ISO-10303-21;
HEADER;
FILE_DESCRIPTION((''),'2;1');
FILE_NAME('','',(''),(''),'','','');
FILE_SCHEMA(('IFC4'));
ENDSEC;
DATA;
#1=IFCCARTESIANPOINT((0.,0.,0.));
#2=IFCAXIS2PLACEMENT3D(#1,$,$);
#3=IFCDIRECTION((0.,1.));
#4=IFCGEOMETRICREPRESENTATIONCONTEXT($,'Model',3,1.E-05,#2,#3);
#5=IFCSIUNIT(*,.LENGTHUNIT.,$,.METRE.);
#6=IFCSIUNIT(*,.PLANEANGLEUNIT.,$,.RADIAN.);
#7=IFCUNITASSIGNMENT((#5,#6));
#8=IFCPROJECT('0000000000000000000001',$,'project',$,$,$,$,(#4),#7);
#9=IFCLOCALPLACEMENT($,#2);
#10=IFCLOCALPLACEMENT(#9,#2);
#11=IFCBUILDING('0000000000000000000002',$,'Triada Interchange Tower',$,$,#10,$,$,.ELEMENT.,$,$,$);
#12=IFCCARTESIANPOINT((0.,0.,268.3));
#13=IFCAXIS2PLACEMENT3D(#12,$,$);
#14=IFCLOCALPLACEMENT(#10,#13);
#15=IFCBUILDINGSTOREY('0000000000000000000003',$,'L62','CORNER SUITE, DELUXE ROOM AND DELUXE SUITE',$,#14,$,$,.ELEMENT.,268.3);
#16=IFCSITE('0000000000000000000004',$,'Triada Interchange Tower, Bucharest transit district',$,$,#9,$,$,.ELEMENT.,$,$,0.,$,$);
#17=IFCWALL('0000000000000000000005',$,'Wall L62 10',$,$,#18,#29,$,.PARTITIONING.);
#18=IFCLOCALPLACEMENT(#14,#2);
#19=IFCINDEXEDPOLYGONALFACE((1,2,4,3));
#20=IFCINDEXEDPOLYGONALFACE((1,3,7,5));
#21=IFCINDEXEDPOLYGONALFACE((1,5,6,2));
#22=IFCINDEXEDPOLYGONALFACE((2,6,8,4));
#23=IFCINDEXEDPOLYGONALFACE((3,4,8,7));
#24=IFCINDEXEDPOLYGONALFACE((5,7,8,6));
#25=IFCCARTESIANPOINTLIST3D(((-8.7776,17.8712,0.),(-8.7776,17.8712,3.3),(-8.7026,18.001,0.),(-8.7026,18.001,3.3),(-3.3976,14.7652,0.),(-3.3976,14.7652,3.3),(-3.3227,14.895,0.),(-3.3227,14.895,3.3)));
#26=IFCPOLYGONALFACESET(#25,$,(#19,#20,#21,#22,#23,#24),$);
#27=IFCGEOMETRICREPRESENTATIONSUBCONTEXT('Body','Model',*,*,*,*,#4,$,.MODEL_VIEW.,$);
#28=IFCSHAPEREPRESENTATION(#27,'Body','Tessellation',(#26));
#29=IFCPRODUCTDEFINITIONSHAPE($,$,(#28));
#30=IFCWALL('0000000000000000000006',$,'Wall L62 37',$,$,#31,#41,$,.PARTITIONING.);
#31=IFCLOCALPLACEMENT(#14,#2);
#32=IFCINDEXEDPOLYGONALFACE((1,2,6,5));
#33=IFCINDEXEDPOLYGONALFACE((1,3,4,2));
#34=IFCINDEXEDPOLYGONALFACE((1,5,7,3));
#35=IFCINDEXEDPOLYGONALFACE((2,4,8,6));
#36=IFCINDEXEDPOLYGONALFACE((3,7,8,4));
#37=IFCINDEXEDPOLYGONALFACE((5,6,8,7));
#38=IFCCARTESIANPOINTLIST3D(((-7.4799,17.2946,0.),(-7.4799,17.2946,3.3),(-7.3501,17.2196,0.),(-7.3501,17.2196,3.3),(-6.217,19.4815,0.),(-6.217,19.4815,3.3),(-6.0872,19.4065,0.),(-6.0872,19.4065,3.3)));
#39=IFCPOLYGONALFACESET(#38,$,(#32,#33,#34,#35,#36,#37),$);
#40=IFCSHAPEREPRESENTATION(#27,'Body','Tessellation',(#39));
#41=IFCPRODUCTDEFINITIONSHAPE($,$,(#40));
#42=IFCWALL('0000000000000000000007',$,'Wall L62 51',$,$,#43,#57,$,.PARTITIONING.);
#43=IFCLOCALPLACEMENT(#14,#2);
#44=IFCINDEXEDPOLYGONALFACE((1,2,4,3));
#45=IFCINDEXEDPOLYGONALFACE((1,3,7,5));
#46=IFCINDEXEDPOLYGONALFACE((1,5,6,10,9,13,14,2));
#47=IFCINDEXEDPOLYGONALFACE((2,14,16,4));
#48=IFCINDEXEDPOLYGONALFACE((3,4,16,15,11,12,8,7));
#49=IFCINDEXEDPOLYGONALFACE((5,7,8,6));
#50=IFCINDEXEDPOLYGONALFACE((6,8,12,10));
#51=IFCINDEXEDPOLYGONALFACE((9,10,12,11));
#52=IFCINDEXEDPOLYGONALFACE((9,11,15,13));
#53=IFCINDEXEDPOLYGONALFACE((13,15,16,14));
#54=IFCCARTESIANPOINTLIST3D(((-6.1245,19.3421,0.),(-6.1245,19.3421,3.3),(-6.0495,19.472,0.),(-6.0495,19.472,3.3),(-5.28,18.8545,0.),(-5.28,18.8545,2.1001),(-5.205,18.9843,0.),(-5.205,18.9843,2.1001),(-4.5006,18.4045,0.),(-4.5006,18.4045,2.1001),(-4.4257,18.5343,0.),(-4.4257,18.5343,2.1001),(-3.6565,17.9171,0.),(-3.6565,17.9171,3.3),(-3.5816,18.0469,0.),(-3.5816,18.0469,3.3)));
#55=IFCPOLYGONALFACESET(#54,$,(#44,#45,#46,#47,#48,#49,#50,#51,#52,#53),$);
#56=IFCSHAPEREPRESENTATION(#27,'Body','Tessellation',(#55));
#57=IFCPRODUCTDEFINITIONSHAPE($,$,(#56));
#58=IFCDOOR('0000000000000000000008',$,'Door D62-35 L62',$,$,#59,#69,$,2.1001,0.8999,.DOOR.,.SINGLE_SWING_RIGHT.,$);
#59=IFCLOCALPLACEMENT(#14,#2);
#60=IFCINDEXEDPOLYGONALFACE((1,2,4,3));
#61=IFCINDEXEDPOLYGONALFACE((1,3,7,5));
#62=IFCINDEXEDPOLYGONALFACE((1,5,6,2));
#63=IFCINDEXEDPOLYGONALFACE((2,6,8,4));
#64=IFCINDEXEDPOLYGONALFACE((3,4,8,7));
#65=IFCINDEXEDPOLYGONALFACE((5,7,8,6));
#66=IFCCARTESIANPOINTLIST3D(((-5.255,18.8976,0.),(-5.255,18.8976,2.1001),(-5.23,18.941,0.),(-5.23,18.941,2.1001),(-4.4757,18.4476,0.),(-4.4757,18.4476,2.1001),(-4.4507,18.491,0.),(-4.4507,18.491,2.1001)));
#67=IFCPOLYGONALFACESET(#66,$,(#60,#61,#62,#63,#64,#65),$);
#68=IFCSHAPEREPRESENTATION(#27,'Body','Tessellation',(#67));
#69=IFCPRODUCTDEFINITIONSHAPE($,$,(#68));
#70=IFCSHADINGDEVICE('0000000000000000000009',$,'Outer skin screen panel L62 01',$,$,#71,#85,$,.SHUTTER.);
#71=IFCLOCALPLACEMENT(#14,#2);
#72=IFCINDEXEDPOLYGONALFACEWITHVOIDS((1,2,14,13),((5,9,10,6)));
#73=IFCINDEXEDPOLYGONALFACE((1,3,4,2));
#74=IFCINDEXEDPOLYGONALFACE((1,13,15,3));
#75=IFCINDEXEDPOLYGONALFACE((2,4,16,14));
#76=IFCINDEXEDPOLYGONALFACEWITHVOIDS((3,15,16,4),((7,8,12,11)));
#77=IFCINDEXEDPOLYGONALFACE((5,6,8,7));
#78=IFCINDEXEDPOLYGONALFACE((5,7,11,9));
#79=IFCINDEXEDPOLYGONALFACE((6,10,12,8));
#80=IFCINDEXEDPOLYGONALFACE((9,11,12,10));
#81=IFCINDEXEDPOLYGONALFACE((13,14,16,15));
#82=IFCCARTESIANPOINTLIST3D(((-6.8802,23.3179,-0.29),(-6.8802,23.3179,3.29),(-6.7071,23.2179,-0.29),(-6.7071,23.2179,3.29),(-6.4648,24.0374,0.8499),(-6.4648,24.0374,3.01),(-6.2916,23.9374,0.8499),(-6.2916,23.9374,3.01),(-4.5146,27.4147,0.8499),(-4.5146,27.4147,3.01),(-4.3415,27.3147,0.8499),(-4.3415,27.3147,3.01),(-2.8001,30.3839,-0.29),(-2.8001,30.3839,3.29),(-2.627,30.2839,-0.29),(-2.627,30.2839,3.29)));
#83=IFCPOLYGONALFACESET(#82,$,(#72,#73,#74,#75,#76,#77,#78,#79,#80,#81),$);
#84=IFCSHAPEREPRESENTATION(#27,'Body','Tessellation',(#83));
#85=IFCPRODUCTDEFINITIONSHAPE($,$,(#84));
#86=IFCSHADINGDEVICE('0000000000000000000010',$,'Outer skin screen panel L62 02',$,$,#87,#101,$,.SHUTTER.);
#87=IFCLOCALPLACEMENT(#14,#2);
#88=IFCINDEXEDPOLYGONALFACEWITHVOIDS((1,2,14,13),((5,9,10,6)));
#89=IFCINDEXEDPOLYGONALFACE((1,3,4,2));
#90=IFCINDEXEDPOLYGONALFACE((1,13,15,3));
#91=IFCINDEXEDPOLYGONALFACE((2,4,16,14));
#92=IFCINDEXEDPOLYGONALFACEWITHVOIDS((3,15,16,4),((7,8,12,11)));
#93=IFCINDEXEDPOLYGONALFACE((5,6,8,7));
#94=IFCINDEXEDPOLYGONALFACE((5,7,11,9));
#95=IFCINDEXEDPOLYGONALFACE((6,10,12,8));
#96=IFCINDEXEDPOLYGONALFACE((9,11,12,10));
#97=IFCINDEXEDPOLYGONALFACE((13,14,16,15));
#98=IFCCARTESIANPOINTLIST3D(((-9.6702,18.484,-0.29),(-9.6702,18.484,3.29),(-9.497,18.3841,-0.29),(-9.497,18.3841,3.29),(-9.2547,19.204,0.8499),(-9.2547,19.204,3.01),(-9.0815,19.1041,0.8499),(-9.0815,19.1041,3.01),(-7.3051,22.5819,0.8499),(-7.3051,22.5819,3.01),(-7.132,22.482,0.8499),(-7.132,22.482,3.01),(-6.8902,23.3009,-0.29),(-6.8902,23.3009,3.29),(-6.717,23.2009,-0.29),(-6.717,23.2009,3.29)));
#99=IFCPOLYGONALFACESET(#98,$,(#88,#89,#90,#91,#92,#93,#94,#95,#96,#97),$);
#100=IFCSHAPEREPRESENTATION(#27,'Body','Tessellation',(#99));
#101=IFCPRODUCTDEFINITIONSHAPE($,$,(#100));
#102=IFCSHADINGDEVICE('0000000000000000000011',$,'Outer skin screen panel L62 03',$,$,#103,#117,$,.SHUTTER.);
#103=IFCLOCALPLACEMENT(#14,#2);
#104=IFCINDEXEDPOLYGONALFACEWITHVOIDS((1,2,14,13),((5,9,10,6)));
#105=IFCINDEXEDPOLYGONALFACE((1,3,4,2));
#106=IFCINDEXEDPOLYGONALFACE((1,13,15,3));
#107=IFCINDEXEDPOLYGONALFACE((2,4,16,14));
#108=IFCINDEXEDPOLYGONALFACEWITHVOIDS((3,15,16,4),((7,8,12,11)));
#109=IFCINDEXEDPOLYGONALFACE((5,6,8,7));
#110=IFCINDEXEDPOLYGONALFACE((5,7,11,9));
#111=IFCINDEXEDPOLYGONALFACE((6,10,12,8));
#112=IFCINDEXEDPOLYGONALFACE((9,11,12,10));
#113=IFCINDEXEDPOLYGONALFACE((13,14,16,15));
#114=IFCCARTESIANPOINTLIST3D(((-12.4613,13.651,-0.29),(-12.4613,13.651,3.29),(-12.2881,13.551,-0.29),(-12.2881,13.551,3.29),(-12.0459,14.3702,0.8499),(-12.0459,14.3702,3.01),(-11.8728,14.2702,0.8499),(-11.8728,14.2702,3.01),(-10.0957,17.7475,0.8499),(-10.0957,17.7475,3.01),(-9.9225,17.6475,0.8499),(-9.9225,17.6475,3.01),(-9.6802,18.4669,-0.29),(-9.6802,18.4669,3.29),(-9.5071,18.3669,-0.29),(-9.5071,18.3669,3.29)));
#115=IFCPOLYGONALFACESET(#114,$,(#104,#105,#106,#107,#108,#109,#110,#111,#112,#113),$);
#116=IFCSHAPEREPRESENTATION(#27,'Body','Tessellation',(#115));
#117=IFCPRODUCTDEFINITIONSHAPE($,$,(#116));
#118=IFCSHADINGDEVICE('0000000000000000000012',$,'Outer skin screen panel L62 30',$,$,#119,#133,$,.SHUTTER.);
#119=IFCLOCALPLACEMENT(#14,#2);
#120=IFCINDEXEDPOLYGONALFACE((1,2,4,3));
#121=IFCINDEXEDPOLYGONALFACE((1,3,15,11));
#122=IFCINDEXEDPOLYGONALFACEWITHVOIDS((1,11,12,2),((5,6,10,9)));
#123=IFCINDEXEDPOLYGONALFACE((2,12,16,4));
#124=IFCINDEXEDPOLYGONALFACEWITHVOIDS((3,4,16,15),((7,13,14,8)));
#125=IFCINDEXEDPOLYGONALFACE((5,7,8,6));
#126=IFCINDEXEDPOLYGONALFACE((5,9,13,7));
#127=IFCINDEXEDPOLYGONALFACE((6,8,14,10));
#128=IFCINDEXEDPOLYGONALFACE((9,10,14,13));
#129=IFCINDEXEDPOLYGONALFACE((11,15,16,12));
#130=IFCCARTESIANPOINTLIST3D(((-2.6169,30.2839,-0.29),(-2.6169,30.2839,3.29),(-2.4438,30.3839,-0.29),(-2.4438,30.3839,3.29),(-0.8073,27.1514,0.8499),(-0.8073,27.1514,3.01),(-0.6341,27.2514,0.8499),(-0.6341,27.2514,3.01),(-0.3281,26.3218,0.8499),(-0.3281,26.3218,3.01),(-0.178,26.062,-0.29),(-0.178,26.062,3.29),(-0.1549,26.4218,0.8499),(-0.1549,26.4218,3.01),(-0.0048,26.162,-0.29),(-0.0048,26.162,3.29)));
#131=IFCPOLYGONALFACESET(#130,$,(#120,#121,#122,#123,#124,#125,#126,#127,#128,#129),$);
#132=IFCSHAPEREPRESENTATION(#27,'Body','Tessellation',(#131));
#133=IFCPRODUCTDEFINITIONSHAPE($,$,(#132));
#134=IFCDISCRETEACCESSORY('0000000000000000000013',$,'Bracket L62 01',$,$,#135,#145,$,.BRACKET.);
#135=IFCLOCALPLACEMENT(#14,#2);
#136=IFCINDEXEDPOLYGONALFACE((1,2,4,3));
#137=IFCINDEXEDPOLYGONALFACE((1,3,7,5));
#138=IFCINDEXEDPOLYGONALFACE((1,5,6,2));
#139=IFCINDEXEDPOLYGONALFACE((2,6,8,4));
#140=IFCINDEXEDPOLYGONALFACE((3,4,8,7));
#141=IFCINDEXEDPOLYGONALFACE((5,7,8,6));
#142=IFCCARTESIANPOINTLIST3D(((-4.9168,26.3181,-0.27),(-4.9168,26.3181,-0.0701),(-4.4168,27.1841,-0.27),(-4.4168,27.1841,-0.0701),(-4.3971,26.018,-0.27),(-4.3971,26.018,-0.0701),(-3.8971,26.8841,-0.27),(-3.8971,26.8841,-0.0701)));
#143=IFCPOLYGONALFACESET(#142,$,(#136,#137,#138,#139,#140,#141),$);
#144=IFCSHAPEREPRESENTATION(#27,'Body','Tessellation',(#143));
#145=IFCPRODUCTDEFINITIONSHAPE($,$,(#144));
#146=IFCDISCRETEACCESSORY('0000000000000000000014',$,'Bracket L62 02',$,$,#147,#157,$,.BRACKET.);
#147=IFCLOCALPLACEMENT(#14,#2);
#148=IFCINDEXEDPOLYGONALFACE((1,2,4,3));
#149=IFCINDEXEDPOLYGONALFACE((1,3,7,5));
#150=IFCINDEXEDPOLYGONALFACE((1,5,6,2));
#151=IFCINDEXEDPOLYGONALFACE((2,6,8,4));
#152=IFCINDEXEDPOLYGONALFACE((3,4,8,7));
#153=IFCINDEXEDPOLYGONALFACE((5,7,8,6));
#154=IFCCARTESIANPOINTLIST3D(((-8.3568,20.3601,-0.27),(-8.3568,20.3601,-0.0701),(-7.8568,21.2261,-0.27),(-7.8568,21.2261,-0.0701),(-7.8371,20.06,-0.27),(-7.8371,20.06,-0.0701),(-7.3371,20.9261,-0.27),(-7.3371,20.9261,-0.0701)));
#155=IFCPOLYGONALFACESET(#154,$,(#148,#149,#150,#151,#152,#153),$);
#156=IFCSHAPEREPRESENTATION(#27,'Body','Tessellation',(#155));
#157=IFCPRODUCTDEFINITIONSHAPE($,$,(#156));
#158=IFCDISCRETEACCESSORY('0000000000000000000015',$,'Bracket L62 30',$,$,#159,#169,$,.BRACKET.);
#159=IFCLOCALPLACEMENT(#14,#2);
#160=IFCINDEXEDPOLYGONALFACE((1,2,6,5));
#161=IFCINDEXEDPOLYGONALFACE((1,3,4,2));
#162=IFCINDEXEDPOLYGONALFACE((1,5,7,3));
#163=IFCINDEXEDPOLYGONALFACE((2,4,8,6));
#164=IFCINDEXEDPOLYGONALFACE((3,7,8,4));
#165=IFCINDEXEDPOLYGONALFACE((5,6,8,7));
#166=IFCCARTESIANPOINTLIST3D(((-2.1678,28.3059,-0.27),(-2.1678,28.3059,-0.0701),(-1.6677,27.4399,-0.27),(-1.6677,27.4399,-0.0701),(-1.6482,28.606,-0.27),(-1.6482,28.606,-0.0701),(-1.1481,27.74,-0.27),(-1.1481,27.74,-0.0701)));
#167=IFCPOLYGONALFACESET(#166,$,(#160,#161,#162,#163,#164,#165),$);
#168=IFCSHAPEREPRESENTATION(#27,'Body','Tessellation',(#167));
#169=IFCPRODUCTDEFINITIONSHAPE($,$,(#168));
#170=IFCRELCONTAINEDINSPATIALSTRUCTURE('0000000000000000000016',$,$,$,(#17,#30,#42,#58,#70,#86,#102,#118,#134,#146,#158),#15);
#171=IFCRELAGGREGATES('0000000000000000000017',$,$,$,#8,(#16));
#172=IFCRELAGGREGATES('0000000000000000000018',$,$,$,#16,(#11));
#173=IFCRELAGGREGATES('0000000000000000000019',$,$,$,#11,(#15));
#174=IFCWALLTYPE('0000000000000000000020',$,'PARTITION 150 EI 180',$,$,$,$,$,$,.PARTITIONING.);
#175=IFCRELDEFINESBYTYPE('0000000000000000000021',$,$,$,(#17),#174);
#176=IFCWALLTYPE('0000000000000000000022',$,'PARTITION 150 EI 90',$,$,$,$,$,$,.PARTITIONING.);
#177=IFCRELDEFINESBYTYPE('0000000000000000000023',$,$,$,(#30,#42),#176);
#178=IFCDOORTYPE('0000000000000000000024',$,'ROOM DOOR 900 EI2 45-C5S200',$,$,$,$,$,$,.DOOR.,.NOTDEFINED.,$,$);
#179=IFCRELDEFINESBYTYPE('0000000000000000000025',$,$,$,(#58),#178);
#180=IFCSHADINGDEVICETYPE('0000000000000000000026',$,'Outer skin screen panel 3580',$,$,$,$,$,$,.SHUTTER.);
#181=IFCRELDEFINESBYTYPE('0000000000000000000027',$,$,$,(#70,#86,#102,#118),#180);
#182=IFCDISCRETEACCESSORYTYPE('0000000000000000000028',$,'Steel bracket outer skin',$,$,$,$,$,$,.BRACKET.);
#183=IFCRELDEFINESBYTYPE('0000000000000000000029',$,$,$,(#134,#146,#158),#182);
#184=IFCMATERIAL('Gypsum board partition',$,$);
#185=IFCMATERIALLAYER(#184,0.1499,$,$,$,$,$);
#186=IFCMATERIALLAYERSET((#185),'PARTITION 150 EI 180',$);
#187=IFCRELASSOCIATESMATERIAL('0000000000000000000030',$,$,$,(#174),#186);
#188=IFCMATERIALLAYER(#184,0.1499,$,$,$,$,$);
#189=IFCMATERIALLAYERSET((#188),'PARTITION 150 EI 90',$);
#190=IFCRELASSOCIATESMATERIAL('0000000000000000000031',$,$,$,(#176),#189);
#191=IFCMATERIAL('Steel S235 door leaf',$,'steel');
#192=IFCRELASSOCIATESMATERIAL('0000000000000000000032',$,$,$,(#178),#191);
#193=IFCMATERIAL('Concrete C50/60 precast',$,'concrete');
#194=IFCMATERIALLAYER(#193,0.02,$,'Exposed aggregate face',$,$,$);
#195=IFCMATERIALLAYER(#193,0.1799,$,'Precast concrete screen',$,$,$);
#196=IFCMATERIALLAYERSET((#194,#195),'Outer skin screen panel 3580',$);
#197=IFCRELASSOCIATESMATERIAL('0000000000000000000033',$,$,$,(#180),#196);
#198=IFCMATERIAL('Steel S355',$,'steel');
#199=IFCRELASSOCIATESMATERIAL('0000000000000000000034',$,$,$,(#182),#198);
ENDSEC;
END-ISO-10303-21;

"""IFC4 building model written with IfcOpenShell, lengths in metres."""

from ifc_helpers import new_model, si_unit, direction, frame, frame_2d, origin, origin_2d, place, context, subcontext, project, spatial, polyline, rectangle, outline, extrude, material, layer, layer_set, type_object, element, fill, save


model = new_model("IFC4")

# Units and contexts
model_context = context("Model", 3, precision=1e-05, world=origin(), true_north=direction((0.0, 1.0)))
body_context = subcontext(model_context, "Body", "Model", "MODEL_VIEW")
ifc_project = project(units=[si_unit("LENGTHUNIT", "METRE"), si_unit("PLANEANGLEUNIT", "RADIAN")], contexts=[model_context])

# Site, building, storey
site_placement = place(None, origin())
site = spatial("IfcSite", under=ifc_project, at=site_placement, Name="Triada Interchange Tower, Bucharest transit district", CompositionType="ELEMENT", RefElevation=0.0)
building_placement = place(site_placement, origin())
building = spatial("IfcBuilding", under=site, at=building_placement, Name="Triada Interchange Tower", CompositionType="ELEMENT")
storey_placement = place(building_placement, frame((0.0, 0.0, 268.3)))
storey = spatial("IfcBuildingStorey", under=building, at=storey_placement, Name="L62", Description="CORNER SUITE, DELUXE ROOM AND DELUXE SUITE", CompositionType="ELEMENT", Elevation=268.3)

# Walls
ifc_material_1 = material(Name="Gypsum board partition")
ifc_layer_1 = layer(ifc_material_1, 0.1499)
ifc_layer_set_1 = layer_set([ifc_layer_1], Name="PARTITION 150 EI 180")
wall_type_1 = type_object("IfcWallType", Name="PARTITION 150 EI 180", PredefinedType="PARTITIONING", material=ifc_layer_set_1)
wall_1_placement = place(storey_placement, frame((-8.74, 17.936, 0.0), z_axis=(0.0, 0.0, 1.0), x_axis=(0.866034, -0.499986, 0.0)))
element("IfcWall", 1, at=wall_1_placement, inside=storey, type_object=wall_type_1, Name="Wall L62 10", PredefinedType="PARTITIONING", context=body_context, shape_type="SweptSolid", body=[
    extrude(rectangle(XDim=6.2122, YDim=0.1499, at=frame_2d((3.106, 0.0))), origin(), (0.0, 0.0, 1.0), 3.3),
])
ifc_layer_2 = layer(ifc_material_1, 0.1499)
ifc_layer_set_2 = layer_set([ifc_layer_2], Name="PARTITION 150 EI 90")
wall_type_2 = type_object("IfcWallType", Name="PARTITION 150 EI 90", PredefinedType="PARTITIONING", material=ifc_layer_set_2)
wall_2_placement = place(storey_placement, frame((-7.415, 17.2571, 0.0), z_axis=(0.0, 0.0, 1.0), x_axis=(0.500079, 0.86598, 0.0)))
element("IfcWall", 2, at=wall_2_placement, inside=storey, type_object=wall_type_2, Name="Wall L62 37", PredefinedType="PARTITIONING", context=body_context, shape_type="SweptSolid", body=[
    extrude(rectangle(XDim=2.5254, YDim=0.1499, at=frame_2d((1.2627, 0.0))), origin(), (0.0, 0.0, 1.0), 3.3),
])

# Wall, opening, door
wall_3_placement = place(storey_placement, frame((-6.0869, 19.407, 0.0), z_axis=(0.0, 0.0, 1.0), x_axis=(0.866004, -0.500036, 0.0)))
wall_3 = element("IfcWall", 3, at=wall_3_placement, inside=storey, type_object=wall_type_2, Name="Wall L62 51", PredefinedType="PARTITIONING", context=body_context, shape_type="SweptSolid", body=[
    extrude(rectangle(XDim=2.8499, YDim=0.1499, at=frame_2d((1.4248, 0.0))), origin(), (0.0, 0.0, 1.0), 3.3),
])
opening_1_placement = place(wall_3_placement, frame((0.9751, 0.0, 0.0)))
opening_1 = element("IfcOpeningElement", 4, at=opening_1_placement, cuts=wall_3, PredefinedType="OPENING", context=body_context, shape_type="SweptSolid", body=[
    extrude(rectangle(XDim=0.8999, YDim=2.1001, at=frame_2d((0.45, 1.05))), frame((0.0, 0.085, 0.0), z_axis=(0.0, -1.0, 0.0), x_axis=(1.0, 0.0, 0.0)), (0.0, 0.0, 1.0), 0.1699),
])
ifc_material_2 = material(Name="Steel S235 door leaf", Category="steel")
door_type = type_object("IfcDoorType", Name="ROOM DOOR 900 EI2 45-C5S200", OperationType="NOTDEFINED", PredefinedType="DOOR", material=ifc_material_2)
door_placement = place(opening_1_placement, origin())
door = element("IfcDoor", 5, at=door_placement, inside=storey, type_object=door_type, Name="Door D62-35 L62", OperationType="SINGLE_SWING_RIGHT", OverallHeight=2.1001, OverallWidth=0.8999, PredefinedType="DOOR", context=body_context, shape_type="SweptSolid", body=[
    extrude(rectangle(XDim=0.8999, YDim=2.1001, at=frame_2d((0.45, 1.05))), frame((0.0, 0.0249, 0.0), z_axis=(0.0, -1.0, 0.0), x_axis=(1.0, 0.0, 0.0)), (0.0, 0.0, 1.0), 0.05),
])
fill(opening_1, door)

# Shading devices
ifc_material_3 = material(Name="Concrete C50/60 precast", Category="concrete")
ifc_layer_3 = layer(ifc_material_3, 0.02, Name="Exposed aggregate face")
ifc_layer_4 = layer(ifc_material_3, 0.1799, Name="Precast concrete screen")
ifc_layer_set_3 = layer_set([ifc_layer_3, ifc_layer_4], Name="Outer skin screen panel 3580")
shading_device_type = type_object("IfcShadingDeviceType", Name="Outer skin screen panel 3580", PredefinedType="SHUTTER", material=ifc_layer_set_3)
shading_device_1_placement = place(storey_placement, frame((-2.627, 30.2839, -0.29), z_axis=(0.0, 0.0, 1.0), x_axis=(-0.500052, -0.865995, 0.0)))
element("IfcShadingDevice", 6, at=shading_device_1_placement, inside=storey, type_object=shading_device_type, Name="Outer skin screen panel L62 01", PredefinedType="SHUTTER", context=body_context, shape_type="SweptSolid", body=[
    extrude(outline(polyline([(0.0, 0.0), (8.1594, 0.0), (8.1594, 3.5801), (0.0, 3.5801), (0.0, 0.0)]), holes=[polyline([(3.4287, 1.1399), (3.4287, 3.3), (7.3286, 3.3), (7.3286, 1.1399), (3.4287, 1.1399)])]), frame((0.0, 0.0, 0.0), z_axis=(0.0, -1.0, 0.0), x_axis=(1.0, 0.0, 0.0)), (0.0, 0.0, 1.0), 0.2),
])
shading_device_2_placement = place(storey_placement, frame((-6.717, 23.2009, -0.29), z_axis=(0.0, 0.0, 1.0), x_axis=(-0.499864, -0.866104, 0.0)))
element("IfcShadingDevice", 7, at=shading_device_2_placement, inside=storey, type_object=shading_device_type, Name="Outer skin screen panel L62 02", PredefinedType="SHUTTER", context=body_context, shape_type="SweptSolid", body=[
    extrude(outline(polyline([(0.0, 0.0), (5.5615, 0.0), (5.5615, 3.5801), (0.0, 3.5801), (0.0, 0.0)]), holes=[polyline([(0.8301, 1.1399), (0.8301, 3.3), (4.7302, 3.3), (4.7302, 1.1399), (0.8301, 1.1399)])]), frame((0.0, 0.0, 0.0), z_axis=(0.0, -1.0, 0.0), x_axis=(1.0, 0.0, 0.0)), (0.0, 0.0, 1.0), 0.2),
])
shading_device_3_placement = place(storey_placement, frame((-9.5071, 18.3669, -0.29), z_axis=(0.0, 0.0, 1.0), x_axis=(-0.500072, -0.865984, 0.0)))
element("IfcShadingDevice", 8, at=shading_device_3_placement, inside=storey, type_object=shading_device_type, Name="Outer skin screen panel L62 03", PredefinedType="SHUTTER", context=body_context, shape_type="SweptSolid", body=[
    extrude(outline(polyline([(0.0, 0.0), (5.5613, 0.0), (5.5613, 3.5801), (0.0, 3.5801), (0.0, 0.0)]), holes=[polyline([(0.8308, 1.1399), (0.8308, 3.3), (4.7307, 3.3), (4.7307, 1.1399), (0.8308, 1.1399)])]), frame((0.0, 0.0, 0.0), z_axis=(0.0, -1.0, 0.0), x_axis=(1.0, 0.0, 0.0)), (0.0, 0.0, 1.0), 0.2),
])
shading_device_4_placement = place(storey_placement, frame((-0.178, 26.062, -0.29), z_axis=(0.0, 0.0, 1.0), x_axis=(-0.500221, 0.865898, 0.0)))
element("IfcShadingDevice", 9, at=shading_device_4_placement, inside=storey, type_object=shading_device_type, Name="Outer skin screen panel L62 30", PredefinedType="SHUTTER", context=body_context, shape_type="SweptSolid", body=[
    extrude(outline(polyline([(0.0, 0.0), (4.8757, 0.0), (4.8757, 3.5801), (0.0, 3.5801), (0.0, 0.0)]), holes=[polyline([(0.3, 1.1399), (0.3, 3.3), (1.2581, 3.3), (1.2581, 1.1399), (0.3, 1.1399)])]), frame((0.0, 0.0, 0.0), z_axis=(0.0, -1.0, 0.0), x_axis=(1.0, 0.0, 0.0)), (0.0, 0.0, 1.0), 0.2),
])

# Discrete accessories
ifc_material_4 = material(Name="Steel S355", Category="steel")
discrete_accessory_type = type_object("IfcDiscreteAccessoryType", Name="Steel bracket outer skin", PredefinedType="BRACKET", material=ifc_material_4)
for number, where, z_axis, x_axis, name in (
    (10, (-4.407, 26.6011, -0.27), (0.0, 0.0, 1.0), (-0.866029, 0.499994, 0.0), "Bracket L62 01"),
    (11, (-7.8469, 20.6431, -0.27), (0.0, 0.0, 1.0), (-0.866029, 0.499994, 0.0), "Bracket L62 02"),
    (12, (-1.658, 28.0229, -0.27), (0.0, 0.0, 1.0), (0.865957, 0.500119, 0.0), "Bracket L62 30"),
):
    element("IfcDiscreteAccessory", number, at=place(storey_placement, frame(where, z_axis=z_axis, x_axis=x_axis)), inside=storey, type_object=discrete_accessory_type, Name=name, PredefinedType="BRACKET", context=body_context, shape_type="SweptSolid", body=[
        extrude(rectangle(XDim=0.6001, YDim=1.0, at=origin_2d()), origin(), (0.0, 0.0, 1.0), 0.2),
    ])

save(model, "model.ifc")
